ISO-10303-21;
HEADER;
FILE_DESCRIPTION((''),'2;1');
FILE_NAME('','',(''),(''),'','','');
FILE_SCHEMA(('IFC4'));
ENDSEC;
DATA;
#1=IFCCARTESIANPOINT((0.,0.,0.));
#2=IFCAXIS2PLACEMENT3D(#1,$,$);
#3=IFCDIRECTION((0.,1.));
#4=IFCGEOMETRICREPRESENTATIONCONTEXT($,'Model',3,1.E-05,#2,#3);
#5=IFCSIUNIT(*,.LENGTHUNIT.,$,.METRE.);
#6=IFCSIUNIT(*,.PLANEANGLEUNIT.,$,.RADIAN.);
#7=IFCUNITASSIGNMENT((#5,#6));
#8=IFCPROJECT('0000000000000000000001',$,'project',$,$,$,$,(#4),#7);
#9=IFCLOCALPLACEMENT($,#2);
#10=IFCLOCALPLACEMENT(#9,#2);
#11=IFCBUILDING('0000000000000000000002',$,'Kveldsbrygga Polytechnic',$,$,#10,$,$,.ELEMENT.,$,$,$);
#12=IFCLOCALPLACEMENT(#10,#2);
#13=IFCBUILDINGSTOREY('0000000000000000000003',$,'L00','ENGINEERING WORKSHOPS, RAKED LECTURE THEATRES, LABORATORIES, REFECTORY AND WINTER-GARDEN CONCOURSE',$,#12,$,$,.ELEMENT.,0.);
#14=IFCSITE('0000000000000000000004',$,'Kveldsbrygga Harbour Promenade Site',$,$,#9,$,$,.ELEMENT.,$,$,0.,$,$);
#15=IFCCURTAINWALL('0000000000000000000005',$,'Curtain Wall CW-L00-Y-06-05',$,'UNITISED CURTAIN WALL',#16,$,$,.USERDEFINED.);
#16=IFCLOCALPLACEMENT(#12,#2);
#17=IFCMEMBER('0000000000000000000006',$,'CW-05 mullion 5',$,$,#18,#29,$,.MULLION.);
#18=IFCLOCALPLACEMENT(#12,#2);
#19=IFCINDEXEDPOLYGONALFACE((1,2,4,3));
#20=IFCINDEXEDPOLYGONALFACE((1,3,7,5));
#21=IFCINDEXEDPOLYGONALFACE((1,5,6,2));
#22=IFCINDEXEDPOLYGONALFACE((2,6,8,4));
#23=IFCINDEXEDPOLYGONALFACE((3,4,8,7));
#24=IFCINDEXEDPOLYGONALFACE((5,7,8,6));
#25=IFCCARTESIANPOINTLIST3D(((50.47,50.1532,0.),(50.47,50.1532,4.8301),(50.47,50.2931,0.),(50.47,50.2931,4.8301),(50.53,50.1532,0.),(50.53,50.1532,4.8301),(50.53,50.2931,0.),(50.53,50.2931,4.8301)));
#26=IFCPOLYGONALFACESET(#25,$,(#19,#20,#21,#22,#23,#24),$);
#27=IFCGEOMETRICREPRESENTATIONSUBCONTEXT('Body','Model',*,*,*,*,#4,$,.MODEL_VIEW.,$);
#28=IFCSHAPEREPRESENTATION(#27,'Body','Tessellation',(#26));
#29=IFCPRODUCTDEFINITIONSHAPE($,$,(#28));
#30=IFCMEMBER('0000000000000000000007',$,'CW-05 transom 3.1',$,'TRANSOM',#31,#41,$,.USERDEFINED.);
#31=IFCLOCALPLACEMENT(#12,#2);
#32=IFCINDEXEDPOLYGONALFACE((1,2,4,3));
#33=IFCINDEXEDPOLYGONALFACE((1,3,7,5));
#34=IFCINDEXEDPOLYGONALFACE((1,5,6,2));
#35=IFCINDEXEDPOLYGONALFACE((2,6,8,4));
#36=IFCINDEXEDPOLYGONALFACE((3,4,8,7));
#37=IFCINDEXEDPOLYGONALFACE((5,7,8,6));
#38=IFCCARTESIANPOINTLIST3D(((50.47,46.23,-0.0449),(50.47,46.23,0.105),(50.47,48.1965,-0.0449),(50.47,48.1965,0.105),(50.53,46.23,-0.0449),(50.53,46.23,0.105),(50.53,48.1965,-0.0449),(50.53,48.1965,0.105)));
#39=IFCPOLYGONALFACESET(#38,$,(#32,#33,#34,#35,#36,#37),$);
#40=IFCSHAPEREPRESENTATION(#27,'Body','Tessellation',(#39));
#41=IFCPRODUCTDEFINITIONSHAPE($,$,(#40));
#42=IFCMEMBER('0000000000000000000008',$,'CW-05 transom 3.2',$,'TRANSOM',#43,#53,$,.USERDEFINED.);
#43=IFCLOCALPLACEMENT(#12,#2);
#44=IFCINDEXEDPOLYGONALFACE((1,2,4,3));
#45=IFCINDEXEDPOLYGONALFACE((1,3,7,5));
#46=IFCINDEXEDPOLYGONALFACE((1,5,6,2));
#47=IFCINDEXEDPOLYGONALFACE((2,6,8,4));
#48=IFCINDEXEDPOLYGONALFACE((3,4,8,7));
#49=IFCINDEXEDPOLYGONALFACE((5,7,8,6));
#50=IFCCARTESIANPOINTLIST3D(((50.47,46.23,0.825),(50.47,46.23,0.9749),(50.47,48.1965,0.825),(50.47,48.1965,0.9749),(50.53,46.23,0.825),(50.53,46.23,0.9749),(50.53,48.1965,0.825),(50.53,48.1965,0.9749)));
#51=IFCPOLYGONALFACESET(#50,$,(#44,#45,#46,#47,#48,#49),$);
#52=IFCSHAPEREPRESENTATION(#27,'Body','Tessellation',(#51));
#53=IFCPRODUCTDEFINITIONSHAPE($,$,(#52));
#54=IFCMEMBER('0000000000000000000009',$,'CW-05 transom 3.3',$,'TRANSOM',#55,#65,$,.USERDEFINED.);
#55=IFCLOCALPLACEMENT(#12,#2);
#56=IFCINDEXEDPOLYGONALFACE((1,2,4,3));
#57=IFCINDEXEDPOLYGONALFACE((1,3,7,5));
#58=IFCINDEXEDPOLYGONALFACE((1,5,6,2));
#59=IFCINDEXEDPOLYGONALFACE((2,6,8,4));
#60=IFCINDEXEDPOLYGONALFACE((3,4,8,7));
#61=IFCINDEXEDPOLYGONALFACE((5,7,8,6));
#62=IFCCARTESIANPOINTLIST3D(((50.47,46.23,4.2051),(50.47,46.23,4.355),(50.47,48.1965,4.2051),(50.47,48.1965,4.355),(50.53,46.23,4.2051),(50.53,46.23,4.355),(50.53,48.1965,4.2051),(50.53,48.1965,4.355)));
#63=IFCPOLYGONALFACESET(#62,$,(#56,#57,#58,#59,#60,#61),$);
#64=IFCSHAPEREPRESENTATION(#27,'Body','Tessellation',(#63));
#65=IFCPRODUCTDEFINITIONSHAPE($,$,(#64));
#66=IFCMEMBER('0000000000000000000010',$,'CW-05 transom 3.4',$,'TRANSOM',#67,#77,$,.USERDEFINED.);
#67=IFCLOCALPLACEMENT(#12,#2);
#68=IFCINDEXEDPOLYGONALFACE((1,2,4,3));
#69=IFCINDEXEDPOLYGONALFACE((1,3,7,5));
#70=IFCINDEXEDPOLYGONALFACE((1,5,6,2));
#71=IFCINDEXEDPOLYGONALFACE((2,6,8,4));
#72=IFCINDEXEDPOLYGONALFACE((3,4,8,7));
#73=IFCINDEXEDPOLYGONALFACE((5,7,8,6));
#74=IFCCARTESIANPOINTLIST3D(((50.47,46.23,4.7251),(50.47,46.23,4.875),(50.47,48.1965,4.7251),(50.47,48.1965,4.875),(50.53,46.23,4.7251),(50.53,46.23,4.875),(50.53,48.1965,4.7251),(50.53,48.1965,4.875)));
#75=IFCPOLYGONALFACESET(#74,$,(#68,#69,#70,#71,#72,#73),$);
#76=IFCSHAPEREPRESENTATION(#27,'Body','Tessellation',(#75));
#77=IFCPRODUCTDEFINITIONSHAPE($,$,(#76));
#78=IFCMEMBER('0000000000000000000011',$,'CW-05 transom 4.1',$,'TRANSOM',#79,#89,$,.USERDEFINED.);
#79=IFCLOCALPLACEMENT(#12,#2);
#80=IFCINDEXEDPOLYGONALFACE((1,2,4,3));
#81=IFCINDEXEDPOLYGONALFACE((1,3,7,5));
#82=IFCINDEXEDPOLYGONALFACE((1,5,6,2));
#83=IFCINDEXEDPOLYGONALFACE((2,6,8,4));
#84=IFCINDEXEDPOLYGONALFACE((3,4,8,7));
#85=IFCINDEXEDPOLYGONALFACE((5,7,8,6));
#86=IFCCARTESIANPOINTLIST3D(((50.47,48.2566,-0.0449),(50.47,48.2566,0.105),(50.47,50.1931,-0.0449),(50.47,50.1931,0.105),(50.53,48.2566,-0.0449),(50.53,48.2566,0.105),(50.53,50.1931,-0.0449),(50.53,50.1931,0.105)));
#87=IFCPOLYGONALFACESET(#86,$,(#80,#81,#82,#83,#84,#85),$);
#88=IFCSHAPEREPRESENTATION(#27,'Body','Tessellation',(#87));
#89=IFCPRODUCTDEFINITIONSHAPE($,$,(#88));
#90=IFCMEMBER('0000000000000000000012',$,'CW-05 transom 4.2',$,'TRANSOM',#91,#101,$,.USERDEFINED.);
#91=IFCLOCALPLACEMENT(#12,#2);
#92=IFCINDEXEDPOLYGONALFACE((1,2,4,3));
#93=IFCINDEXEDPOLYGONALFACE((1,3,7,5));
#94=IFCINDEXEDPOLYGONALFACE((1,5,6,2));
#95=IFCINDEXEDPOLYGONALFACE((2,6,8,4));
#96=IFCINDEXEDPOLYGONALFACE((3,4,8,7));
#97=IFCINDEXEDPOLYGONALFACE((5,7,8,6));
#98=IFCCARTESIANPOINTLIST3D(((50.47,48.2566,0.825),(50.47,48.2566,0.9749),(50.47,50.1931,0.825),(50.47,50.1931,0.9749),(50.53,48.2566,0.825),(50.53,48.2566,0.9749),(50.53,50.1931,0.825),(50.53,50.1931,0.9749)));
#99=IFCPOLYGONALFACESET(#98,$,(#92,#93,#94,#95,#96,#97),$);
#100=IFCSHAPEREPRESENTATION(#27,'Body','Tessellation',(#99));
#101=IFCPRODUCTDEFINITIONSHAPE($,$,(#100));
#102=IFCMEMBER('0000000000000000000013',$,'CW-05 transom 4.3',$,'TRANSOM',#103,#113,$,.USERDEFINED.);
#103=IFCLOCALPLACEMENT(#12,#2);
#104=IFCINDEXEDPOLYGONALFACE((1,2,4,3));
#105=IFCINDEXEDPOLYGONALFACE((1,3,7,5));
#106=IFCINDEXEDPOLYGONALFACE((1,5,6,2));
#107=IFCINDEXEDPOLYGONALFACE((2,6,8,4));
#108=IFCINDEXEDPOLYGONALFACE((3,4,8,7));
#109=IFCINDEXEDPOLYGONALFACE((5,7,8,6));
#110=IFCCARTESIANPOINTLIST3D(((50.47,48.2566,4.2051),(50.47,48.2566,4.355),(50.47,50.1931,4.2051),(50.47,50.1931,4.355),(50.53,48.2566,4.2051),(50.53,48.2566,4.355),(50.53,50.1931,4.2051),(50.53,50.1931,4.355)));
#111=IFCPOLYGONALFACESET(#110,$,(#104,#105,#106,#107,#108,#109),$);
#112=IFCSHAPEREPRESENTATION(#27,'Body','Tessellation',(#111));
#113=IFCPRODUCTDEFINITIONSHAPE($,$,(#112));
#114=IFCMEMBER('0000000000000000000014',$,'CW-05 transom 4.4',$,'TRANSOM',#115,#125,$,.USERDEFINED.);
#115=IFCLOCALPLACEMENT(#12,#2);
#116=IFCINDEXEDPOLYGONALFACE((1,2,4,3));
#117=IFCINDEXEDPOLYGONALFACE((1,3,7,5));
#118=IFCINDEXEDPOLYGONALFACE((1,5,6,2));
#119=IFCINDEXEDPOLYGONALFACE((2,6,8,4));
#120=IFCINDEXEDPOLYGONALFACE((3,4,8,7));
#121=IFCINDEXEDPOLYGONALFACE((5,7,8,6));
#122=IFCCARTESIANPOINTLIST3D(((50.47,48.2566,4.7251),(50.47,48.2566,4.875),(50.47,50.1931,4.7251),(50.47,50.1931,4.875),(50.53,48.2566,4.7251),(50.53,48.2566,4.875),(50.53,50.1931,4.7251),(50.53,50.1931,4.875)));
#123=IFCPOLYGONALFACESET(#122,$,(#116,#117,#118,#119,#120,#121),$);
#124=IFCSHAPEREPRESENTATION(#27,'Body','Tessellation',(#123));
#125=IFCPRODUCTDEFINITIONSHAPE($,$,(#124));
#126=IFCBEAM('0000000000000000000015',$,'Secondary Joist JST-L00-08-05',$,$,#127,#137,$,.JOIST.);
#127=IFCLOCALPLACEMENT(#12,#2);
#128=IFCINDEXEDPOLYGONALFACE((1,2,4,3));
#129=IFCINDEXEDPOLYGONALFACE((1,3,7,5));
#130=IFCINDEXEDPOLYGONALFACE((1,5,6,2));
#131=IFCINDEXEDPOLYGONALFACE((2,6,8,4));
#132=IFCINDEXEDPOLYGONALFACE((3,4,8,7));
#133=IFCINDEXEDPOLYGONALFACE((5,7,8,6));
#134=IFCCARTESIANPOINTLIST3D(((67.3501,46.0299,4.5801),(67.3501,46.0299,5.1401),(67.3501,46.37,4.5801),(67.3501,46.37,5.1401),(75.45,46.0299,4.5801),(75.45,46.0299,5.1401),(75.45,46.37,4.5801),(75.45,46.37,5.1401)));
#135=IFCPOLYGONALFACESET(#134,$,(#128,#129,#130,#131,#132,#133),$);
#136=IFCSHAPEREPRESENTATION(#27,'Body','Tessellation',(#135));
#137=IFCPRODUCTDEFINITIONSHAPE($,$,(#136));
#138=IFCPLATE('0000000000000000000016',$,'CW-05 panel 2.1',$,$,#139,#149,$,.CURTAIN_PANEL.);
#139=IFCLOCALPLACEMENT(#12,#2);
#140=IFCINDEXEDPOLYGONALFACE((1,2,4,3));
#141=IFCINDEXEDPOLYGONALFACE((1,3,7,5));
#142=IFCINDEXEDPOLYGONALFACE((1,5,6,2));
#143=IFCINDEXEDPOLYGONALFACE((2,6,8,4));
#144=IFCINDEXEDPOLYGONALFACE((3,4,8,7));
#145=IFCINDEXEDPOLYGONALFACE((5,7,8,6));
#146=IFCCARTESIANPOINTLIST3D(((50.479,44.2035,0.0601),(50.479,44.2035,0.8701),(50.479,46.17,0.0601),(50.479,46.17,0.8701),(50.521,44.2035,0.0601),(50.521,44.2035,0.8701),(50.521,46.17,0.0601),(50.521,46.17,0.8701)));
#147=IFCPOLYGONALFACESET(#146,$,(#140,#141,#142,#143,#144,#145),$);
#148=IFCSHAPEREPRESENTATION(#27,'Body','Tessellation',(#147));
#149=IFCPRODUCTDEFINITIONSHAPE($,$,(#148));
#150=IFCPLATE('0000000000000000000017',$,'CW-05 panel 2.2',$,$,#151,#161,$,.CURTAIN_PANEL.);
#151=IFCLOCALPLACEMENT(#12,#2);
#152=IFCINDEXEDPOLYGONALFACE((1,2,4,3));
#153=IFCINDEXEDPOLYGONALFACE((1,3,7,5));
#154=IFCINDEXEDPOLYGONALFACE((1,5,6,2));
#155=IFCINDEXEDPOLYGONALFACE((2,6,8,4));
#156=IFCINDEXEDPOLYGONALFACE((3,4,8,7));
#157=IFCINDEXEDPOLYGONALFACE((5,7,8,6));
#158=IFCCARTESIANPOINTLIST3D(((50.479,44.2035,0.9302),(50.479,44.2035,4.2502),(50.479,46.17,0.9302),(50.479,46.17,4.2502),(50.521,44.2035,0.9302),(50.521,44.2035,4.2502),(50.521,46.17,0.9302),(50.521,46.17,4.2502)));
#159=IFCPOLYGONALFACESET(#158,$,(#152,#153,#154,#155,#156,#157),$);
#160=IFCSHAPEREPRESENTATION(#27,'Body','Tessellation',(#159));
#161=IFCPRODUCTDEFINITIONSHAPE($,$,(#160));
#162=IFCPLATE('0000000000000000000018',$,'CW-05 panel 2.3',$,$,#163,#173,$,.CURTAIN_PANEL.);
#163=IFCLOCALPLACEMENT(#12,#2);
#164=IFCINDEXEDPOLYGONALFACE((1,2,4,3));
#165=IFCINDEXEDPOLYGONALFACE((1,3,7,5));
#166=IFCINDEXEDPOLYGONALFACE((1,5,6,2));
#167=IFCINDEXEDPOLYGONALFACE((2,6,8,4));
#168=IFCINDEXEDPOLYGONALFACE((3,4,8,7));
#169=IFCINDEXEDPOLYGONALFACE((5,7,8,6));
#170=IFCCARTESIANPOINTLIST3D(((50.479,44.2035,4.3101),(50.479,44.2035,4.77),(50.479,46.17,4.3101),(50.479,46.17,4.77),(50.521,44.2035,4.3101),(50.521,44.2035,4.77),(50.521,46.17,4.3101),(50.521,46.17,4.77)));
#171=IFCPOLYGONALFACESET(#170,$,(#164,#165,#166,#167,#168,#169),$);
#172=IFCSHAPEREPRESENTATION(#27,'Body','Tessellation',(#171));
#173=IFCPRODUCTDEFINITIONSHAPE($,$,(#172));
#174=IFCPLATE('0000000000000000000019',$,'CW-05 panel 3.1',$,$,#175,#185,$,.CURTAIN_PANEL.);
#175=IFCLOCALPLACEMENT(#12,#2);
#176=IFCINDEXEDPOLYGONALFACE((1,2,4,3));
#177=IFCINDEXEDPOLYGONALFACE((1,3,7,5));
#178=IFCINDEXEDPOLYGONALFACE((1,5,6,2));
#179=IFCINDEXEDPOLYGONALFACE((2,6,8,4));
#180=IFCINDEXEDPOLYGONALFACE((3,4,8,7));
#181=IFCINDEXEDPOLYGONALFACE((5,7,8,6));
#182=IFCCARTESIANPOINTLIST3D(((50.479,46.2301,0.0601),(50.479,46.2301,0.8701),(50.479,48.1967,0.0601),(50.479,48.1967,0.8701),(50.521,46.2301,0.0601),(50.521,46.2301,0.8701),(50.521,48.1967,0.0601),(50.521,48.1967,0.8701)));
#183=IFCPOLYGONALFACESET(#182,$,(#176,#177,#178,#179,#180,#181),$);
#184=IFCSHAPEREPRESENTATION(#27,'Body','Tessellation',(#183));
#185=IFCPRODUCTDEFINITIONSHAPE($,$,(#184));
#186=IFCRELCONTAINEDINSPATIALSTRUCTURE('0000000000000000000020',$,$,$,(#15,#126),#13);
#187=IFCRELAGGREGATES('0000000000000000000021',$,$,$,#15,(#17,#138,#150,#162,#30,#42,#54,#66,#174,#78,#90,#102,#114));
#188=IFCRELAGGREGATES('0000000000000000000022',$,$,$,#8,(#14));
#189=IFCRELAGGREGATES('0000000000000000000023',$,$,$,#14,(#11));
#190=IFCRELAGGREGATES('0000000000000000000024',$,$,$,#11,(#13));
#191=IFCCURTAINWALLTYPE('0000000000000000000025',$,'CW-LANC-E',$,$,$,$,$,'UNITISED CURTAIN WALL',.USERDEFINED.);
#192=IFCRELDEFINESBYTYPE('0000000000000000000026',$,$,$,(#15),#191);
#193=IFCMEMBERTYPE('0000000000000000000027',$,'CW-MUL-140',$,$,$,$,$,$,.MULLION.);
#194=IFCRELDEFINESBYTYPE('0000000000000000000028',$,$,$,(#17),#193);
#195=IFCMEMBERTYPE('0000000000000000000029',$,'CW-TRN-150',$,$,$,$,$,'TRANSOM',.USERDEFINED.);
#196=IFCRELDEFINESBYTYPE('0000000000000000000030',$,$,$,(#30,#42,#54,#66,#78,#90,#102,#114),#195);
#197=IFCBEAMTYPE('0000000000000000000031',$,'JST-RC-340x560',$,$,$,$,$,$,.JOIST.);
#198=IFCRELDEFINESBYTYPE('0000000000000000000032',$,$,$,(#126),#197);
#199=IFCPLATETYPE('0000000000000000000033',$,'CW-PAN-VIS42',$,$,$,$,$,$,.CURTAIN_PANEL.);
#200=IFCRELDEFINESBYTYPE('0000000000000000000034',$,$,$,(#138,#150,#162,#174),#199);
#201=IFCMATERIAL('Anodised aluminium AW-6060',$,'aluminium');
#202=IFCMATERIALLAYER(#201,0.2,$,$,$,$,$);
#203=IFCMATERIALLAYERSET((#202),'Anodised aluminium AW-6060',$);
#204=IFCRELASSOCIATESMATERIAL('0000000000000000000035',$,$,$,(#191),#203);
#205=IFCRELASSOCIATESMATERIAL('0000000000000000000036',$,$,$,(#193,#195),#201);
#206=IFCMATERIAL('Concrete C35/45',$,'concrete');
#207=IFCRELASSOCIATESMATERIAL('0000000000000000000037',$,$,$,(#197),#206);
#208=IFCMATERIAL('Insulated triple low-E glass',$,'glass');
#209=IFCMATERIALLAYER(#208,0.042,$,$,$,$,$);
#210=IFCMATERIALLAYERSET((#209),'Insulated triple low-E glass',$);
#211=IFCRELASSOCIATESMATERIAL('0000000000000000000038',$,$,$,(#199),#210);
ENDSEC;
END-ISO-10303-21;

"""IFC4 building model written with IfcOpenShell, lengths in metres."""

from ifc_helpers import new_model, si_unit, direction, frame, origin, origin_2d, place, context, subcontext, project, spatial, rectangle, extrude, material, layer, layer_set, material_profile, profile_set, type_object, element, aggregate, save


model = new_model("IFC4")

# Units and contexts
model_context = context("Model", 3, precision=1e-05, world=origin(), true_north=direction((0.0, 1.0)))
body_context = subcontext(model_context, "Body", "Model", "MODEL_VIEW")
ifc_project = project(units=[si_unit("LENGTHUNIT", "METRE"), si_unit("PLANEANGLEUNIT", "RADIAN")], contexts=[model_context])

# Site, building, storey
site_placement = place(None, origin())
site = spatial("IfcSite", under=ifc_project, at=site_placement, Name="Kveldsbrygga Harbour Promenade Site", CompositionType="ELEMENT", RefElevation=0.0)
building_placement = place(site_placement, origin())
building = spatial("IfcBuilding", under=site, at=building_placement, Name="Kveldsbrygga Polytechnic", CompositionType="ELEMENT")
storey_placement = place(building_placement, origin())
storey = spatial("IfcBuildingStorey", under=building, at=storey_placement, Name="L00", Description="ENGINEERING WORKSHOPS, RAKED LECTURE THEATRES, LABORATORIES, REFECTORY AND WINTER-GARDEN CONCOURSE", CompositionType="ELEMENT", Elevation=0.0)

# Shared definitions
ifc_material_1 = material(Name="Concrete C35/45", Category="concrete")

# Curtain wall, members
ifc_material_2 = material(Name="Anodised aluminium AW-6060", Category="aluminium")
ifc_layer_1 = layer(ifc_material_2, 0.2)
ifc_layer_set_1 = layer_set([ifc_layer_1], Name="Anodised aluminium AW-6060")
curtain_wall_type = type_object("IfcCurtainWallType", Name="CW-LANC-E", ElementType="UNITISED CURTAIN WALL", PredefinedType="USERDEFINED", material=ifc_layer_set_1)
curtain_wall_placement = place(storey_placement, origin())
curtain_wall = element("IfcCurtainWall", 1, at=curtain_wall_placement, inside=storey, type_object=curtain_wall_type, Name="Curtain Wall CW-L00-Y-06-05", ObjectType="UNITISED CURTAIN WALL", PredefinedType="USERDEFINED")
ifc_material_profile_1 = material_profile(ifc_material_2, rectangle(XDim=0.0601, YDim=0.1399, at=origin_2d()), Name="ALU 60x140")
ifc_profile_set_1 = profile_set([ifc_material_profile_1], Name="Anodised aluminium AW-6060")
member_type_1 = type_object("IfcMemberType", Name="CW-MUL-140", PredefinedType="MULLION", material=ifc_profile_set_1)
member_1_placement = place(storey_placement, frame((50.5, 50.2231, 0.0), z_axis=(0.0, 0.0, 1.0), x_axis=(-1.0, 0.0, 0.0)))
member_1 = element("IfcMember", 2, at=member_1_placement, type_object=member_type_1, Name="CW-05 mullion 5", PredefinedType="MULLION", context=body_context, shape_type="SweptSolid", body=[
    extrude(rectangle(XDim=0.0601, YDim=0.1399, at=origin_2d()), origin(), (0.0, 0.0, 1.0), 4.8301),
])
ifc_material_profile_2 = material_profile(ifc_material_2, rectangle(XDim=0.0601, YDim=0.1499, at=origin_2d()), Name="ALU 60x150")
ifc_profile_set_2 = profile_set([ifc_material_profile_2], Name="Anodised aluminium AW-6060")
member_type_2 = type_object("IfcMemberType", Name="CW-TRN-150", ElementType="TRANSOM", PredefinedType="USERDEFINED", material=ifc_profile_set_2)
member_2_placement = place(storey_placement, frame((50.5, 46.23, 0.03), z_axis=(0.0, 1.0, 0.0), x_axis=(-1.0, 0.0, 0.0)))
member_2 = element("IfcMember", 3, at=member_2_placement, type_object=member_type_2, Name="CW-05 transom 3.1", ObjectType="TRANSOM", PredefinedType="USERDEFINED", context=body_context, shape_type="SweptSolid", body=[
    extrude(rectangle(XDim=0.0601, YDim=0.1499, at=origin_2d()), origin(), (0.0, 0.0, 1.0), 1.9666),
])
member_3_placement = place(storey_placement, frame((50.5, 46.23, 0.8999), z_axis=(0.0, 1.0, 0.0), x_axis=(-1.0, 0.0, 0.0)))
member_3 = element("IfcMember", 4, at=member_3_placement, type_object=member_type_2, Name="CW-05 transom 3.2", ObjectType="TRANSOM", PredefinedType="USERDEFINED", context=body_context, shape_type="SweptSolid", body=[
    extrude(rectangle(XDim=0.0601, YDim=0.1499, at=origin_2d()), origin(), (0.0, 0.0, 1.0), 1.9666),
])
member_4_placement = place(storey_placement, frame((50.5, 46.23, 4.28), z_axis=(0.0, 1.0, 0.0), x_axis=(-1.0, 0.0, 0.0)))
member_4 = element("IfcMember", 5, at=member_4_placement, type_object=member_type_2, Name="CW-05 transom 3.3", ObjectType="TRANSOM", PredefinedType="USERDEFINED", context=body_context, shape_type="SweptSolid", body=[
    extrude(rectangle(XDim=0.0601, YDim=0.1499, at=origin_2d()), origin(), (0.0, 0.0, 1.0), 1.9666),
])
member_5_placement = place(storey_placement, frame((50.5, 46.23, 4.8), z_axis=(0.0, 1.0, 0.0), x_axis=(-1.0, 0.0, 0.0)))
member_5 = element("IfcMember", 6, at=member_5_placement, type_object=member_type_2, Name="CW-05 transom 3.4", ObjectType="TRANSOM", PredefinedType="USERDEFINED", context=body_context, shape_type="SweptSolid", body=[
    extrude(rectangle(XDim=0.0601, YDim=0.1499, at=origin_2d()), origin(), (0.0, 0.0, 1.0), 1.9666),
])
member_6_placement = place(storey_placement, frame((50.5, 48.2566, 0.03), z_axis=(0.0, 1.0, 0.0), x_axis=(-1.0, 0.0, 0.0)))
member_6 = element("IfcMember", 7, at=member_6_placement, type_object=member_type_2, Name="CW-05 transom 4.1", ObjectType="TRANSOM", PredefinedType="USERDEFINED", context=body_context, shape_type="SweptSolid", body=[
    extrude(rectangle(XDim=0.0601, YDim=0.1499, at=origin_2d()), origin(), (0.0, 0.0, 1.0), 1.9365),
])
member_7_placement = place(storey_placement, frame((50.5, 48.2566, 0.8999), z_axis=(0.0, 1.0, 0.0), x_axis=(-1.0, 0.0, 0.0)))
member_7 = element("IfcMember", 8, at=member_7_placement, type_object=member_type_2, Name="CW-05 transom 4.2", ObjectType="TRANSOM", PredefinedType="USERDEFINED", context=body_context, shape_type="SweptSolid", body=[
    extrude(rectangle(XDim=0.0601, YDim=0.1499, at=origin_2d()), origin(), (0.0, 0.0, 1.0), 1.9365),
])
member_8_placement = place(storey_placement, frame((50.5, 48.2566, 4.28), z_axis=(0.0, 1.0, 0.0), x_axis=(-1.0, 0.0, 0.0)))
member_8 = element("IfcMember", 9, at=member_8_placement, type_object=member_type_2, Name="CW-05 transom 4.3", ObjectType="TRANSOM", PredefinedType="USERDEFINED", context=body_context, shape_type="SweptSolid", body=[
    extrude(rectangle(XDim=0.0601, YDim=0.1499, at=origin_2d()), origin(), (0.0, 0.0, 1.0), 1.9365),
])
member_9_placement = place(storey_placement, frame((50.5, 48.2566, 4.8), z_axis=(0.0, 1.0, 0.0), x_axis=(-1.0, 0.0, 0.0)))
member_9 = element("IfcMember", 10, at=member_9_placement, type_object=member_type_2, Name="CW-05 transom 4.4", ObjectType="TRANSOM", PredefinedType="USERDEFINED", context=body_context, shape_type="SweptSolid", body=[
    extrude(rectangle(XDim=0.0601, YDim=0.1499, at=origin_2d()), origin(), (0.0, 0.0, 1.0), 1.9365),
])

# Beam
ifc_material_profile_3 = material_profile(ifc_material_1, rectangle(XDim=0.3401, YDim=0.5601, at=origin_2d()), Name="RC 340x560")
ifc_profile_set_3 = profile_set([ifc_material_profile_3], Name="Concrete C35/45")
beam_type_1 = type_object("IfcBeamType", Name="JST-RC-340x560", PredefinedType="JOIST", material=ifc_profile_set_3)
beam_1_placement = place(storey_placement, frame((67.3501, 46.2, 4.8601), z_axis=(1.0, 0.0, 0.0), x_axis=(0.0, 1.0, 0.0)))
element("IfcBeam", 11, at=beam_1_placement, inside=storey, type_object=beam_type_1, Name="Secondary Joist JST-L00-08-05", PredefinedType="JOIST", context=body_context, shape_type="SweptSolid", body=[
    extrude(rectangle(XDim=0.3401, YDim=0.5601, at=origin_2d()), origin(), (0.0, 0.0, 1.0), 8.0999),
])

# Plates
ifc_material_3 = material(Name="Insulated triple low-E glass", Category="glass")
ifc_layer_2 = layer(ifc_material_3, 0.042)
ifc_layer_set_2 = layer_set([ifc_layer_2], Name="Insulated triple low-E glass")
plate_type = type_object("IfcPlateType", Name="CW-PAN-VIS42", PredefinedType="CURTAIN_PANEL", material=ifc_layer_set_2)
plate_1_placement = place(storey_placement, frame((50.5, 45.1868, 0.0601), z_axis=(0.0, 0.0, 1.0), x_axis=(0.0, 1.0, 0.0)))
plate_1 = element("IfcPlate", 12, at=plate_1_placement, type_object=plate_type, Name="CW-05 panel 2.1", PredefinedType="CURTAIN_PANEL", context=body_context, shape_type="SweptSolid", body=[
    extrude(rectangle(XDim=1.9666, YDim=0.042, at=origin_2d()), origin(), (0.0, 0.0, 1.0), 0.8101),
])
plate_2_placement = place(storey_placement, frame((50.5, 45.1868, 0.9302), z_axis=(0.0, 0.0, 1.0), x_axis=(0.0, 1.0, 0.0)))
plate_2 = element("IfcPlate", 13, at=plate_2_placement, type_object=plate_type, Name="CW-05 panel 2.2", PredefinedType="CURTAIN_PANEL", context=body_context, shape_type="SweptSolid", body=[
    extrude(rectangle(XDim=1.9666, YDim=0.042, at=origin_2d()), origin(), (0.0, 0.0, 1.0), 3.3201),
])
plate_3_placement = place(storey_placement, frame((50.5, 45.1868, 4.3101), z_axis=(0.0, 0.0, 1.0), x_axis=(0.0, 1.0, 0.0)))
plate_3 = element("IfcPlate", 14, at=plate_3_placement, type_object=plate_type, Name="CW-05 panel 2.3", PredefinedType="CURTAIN_PANEL", context=body_context, shape_type="SweptSolid", body=[
    extrude(rectangle(XDim=1.9666, YDim=0.042, at=origin_2d()), origin(), (0.0, 0.0, 1.0), 0.46),
])
plate_4_placement = place(storey_placement, frame((50.5, 47.2134, 0.0601), z_axis=(0.0, 0.0, 1.0), x_axis=(0.0, 1.0, 0.0)))
plate_4 = element("IfcPlate", 15, at=plate_4_placement, type_object=plate_type, Name="CW-05 panel 3.1", PredefinedType="CURTAIN_PANEL", context=body_context, shape_type="SweptSolid", body=[
    extrude(rectangle(XDim=1.9666, YDim=0.042, at=origin_2d()), origin(), (0.0, 0.0, 1.0), 0.8101),
])
aggregate(curtain_wall, [member_1, plate_1, plate_2, plate_3, member_2, member_3, member_4, member_5, plate_4, member_6, member_7, member_8, member_9])

save(model, "model.ifc")
